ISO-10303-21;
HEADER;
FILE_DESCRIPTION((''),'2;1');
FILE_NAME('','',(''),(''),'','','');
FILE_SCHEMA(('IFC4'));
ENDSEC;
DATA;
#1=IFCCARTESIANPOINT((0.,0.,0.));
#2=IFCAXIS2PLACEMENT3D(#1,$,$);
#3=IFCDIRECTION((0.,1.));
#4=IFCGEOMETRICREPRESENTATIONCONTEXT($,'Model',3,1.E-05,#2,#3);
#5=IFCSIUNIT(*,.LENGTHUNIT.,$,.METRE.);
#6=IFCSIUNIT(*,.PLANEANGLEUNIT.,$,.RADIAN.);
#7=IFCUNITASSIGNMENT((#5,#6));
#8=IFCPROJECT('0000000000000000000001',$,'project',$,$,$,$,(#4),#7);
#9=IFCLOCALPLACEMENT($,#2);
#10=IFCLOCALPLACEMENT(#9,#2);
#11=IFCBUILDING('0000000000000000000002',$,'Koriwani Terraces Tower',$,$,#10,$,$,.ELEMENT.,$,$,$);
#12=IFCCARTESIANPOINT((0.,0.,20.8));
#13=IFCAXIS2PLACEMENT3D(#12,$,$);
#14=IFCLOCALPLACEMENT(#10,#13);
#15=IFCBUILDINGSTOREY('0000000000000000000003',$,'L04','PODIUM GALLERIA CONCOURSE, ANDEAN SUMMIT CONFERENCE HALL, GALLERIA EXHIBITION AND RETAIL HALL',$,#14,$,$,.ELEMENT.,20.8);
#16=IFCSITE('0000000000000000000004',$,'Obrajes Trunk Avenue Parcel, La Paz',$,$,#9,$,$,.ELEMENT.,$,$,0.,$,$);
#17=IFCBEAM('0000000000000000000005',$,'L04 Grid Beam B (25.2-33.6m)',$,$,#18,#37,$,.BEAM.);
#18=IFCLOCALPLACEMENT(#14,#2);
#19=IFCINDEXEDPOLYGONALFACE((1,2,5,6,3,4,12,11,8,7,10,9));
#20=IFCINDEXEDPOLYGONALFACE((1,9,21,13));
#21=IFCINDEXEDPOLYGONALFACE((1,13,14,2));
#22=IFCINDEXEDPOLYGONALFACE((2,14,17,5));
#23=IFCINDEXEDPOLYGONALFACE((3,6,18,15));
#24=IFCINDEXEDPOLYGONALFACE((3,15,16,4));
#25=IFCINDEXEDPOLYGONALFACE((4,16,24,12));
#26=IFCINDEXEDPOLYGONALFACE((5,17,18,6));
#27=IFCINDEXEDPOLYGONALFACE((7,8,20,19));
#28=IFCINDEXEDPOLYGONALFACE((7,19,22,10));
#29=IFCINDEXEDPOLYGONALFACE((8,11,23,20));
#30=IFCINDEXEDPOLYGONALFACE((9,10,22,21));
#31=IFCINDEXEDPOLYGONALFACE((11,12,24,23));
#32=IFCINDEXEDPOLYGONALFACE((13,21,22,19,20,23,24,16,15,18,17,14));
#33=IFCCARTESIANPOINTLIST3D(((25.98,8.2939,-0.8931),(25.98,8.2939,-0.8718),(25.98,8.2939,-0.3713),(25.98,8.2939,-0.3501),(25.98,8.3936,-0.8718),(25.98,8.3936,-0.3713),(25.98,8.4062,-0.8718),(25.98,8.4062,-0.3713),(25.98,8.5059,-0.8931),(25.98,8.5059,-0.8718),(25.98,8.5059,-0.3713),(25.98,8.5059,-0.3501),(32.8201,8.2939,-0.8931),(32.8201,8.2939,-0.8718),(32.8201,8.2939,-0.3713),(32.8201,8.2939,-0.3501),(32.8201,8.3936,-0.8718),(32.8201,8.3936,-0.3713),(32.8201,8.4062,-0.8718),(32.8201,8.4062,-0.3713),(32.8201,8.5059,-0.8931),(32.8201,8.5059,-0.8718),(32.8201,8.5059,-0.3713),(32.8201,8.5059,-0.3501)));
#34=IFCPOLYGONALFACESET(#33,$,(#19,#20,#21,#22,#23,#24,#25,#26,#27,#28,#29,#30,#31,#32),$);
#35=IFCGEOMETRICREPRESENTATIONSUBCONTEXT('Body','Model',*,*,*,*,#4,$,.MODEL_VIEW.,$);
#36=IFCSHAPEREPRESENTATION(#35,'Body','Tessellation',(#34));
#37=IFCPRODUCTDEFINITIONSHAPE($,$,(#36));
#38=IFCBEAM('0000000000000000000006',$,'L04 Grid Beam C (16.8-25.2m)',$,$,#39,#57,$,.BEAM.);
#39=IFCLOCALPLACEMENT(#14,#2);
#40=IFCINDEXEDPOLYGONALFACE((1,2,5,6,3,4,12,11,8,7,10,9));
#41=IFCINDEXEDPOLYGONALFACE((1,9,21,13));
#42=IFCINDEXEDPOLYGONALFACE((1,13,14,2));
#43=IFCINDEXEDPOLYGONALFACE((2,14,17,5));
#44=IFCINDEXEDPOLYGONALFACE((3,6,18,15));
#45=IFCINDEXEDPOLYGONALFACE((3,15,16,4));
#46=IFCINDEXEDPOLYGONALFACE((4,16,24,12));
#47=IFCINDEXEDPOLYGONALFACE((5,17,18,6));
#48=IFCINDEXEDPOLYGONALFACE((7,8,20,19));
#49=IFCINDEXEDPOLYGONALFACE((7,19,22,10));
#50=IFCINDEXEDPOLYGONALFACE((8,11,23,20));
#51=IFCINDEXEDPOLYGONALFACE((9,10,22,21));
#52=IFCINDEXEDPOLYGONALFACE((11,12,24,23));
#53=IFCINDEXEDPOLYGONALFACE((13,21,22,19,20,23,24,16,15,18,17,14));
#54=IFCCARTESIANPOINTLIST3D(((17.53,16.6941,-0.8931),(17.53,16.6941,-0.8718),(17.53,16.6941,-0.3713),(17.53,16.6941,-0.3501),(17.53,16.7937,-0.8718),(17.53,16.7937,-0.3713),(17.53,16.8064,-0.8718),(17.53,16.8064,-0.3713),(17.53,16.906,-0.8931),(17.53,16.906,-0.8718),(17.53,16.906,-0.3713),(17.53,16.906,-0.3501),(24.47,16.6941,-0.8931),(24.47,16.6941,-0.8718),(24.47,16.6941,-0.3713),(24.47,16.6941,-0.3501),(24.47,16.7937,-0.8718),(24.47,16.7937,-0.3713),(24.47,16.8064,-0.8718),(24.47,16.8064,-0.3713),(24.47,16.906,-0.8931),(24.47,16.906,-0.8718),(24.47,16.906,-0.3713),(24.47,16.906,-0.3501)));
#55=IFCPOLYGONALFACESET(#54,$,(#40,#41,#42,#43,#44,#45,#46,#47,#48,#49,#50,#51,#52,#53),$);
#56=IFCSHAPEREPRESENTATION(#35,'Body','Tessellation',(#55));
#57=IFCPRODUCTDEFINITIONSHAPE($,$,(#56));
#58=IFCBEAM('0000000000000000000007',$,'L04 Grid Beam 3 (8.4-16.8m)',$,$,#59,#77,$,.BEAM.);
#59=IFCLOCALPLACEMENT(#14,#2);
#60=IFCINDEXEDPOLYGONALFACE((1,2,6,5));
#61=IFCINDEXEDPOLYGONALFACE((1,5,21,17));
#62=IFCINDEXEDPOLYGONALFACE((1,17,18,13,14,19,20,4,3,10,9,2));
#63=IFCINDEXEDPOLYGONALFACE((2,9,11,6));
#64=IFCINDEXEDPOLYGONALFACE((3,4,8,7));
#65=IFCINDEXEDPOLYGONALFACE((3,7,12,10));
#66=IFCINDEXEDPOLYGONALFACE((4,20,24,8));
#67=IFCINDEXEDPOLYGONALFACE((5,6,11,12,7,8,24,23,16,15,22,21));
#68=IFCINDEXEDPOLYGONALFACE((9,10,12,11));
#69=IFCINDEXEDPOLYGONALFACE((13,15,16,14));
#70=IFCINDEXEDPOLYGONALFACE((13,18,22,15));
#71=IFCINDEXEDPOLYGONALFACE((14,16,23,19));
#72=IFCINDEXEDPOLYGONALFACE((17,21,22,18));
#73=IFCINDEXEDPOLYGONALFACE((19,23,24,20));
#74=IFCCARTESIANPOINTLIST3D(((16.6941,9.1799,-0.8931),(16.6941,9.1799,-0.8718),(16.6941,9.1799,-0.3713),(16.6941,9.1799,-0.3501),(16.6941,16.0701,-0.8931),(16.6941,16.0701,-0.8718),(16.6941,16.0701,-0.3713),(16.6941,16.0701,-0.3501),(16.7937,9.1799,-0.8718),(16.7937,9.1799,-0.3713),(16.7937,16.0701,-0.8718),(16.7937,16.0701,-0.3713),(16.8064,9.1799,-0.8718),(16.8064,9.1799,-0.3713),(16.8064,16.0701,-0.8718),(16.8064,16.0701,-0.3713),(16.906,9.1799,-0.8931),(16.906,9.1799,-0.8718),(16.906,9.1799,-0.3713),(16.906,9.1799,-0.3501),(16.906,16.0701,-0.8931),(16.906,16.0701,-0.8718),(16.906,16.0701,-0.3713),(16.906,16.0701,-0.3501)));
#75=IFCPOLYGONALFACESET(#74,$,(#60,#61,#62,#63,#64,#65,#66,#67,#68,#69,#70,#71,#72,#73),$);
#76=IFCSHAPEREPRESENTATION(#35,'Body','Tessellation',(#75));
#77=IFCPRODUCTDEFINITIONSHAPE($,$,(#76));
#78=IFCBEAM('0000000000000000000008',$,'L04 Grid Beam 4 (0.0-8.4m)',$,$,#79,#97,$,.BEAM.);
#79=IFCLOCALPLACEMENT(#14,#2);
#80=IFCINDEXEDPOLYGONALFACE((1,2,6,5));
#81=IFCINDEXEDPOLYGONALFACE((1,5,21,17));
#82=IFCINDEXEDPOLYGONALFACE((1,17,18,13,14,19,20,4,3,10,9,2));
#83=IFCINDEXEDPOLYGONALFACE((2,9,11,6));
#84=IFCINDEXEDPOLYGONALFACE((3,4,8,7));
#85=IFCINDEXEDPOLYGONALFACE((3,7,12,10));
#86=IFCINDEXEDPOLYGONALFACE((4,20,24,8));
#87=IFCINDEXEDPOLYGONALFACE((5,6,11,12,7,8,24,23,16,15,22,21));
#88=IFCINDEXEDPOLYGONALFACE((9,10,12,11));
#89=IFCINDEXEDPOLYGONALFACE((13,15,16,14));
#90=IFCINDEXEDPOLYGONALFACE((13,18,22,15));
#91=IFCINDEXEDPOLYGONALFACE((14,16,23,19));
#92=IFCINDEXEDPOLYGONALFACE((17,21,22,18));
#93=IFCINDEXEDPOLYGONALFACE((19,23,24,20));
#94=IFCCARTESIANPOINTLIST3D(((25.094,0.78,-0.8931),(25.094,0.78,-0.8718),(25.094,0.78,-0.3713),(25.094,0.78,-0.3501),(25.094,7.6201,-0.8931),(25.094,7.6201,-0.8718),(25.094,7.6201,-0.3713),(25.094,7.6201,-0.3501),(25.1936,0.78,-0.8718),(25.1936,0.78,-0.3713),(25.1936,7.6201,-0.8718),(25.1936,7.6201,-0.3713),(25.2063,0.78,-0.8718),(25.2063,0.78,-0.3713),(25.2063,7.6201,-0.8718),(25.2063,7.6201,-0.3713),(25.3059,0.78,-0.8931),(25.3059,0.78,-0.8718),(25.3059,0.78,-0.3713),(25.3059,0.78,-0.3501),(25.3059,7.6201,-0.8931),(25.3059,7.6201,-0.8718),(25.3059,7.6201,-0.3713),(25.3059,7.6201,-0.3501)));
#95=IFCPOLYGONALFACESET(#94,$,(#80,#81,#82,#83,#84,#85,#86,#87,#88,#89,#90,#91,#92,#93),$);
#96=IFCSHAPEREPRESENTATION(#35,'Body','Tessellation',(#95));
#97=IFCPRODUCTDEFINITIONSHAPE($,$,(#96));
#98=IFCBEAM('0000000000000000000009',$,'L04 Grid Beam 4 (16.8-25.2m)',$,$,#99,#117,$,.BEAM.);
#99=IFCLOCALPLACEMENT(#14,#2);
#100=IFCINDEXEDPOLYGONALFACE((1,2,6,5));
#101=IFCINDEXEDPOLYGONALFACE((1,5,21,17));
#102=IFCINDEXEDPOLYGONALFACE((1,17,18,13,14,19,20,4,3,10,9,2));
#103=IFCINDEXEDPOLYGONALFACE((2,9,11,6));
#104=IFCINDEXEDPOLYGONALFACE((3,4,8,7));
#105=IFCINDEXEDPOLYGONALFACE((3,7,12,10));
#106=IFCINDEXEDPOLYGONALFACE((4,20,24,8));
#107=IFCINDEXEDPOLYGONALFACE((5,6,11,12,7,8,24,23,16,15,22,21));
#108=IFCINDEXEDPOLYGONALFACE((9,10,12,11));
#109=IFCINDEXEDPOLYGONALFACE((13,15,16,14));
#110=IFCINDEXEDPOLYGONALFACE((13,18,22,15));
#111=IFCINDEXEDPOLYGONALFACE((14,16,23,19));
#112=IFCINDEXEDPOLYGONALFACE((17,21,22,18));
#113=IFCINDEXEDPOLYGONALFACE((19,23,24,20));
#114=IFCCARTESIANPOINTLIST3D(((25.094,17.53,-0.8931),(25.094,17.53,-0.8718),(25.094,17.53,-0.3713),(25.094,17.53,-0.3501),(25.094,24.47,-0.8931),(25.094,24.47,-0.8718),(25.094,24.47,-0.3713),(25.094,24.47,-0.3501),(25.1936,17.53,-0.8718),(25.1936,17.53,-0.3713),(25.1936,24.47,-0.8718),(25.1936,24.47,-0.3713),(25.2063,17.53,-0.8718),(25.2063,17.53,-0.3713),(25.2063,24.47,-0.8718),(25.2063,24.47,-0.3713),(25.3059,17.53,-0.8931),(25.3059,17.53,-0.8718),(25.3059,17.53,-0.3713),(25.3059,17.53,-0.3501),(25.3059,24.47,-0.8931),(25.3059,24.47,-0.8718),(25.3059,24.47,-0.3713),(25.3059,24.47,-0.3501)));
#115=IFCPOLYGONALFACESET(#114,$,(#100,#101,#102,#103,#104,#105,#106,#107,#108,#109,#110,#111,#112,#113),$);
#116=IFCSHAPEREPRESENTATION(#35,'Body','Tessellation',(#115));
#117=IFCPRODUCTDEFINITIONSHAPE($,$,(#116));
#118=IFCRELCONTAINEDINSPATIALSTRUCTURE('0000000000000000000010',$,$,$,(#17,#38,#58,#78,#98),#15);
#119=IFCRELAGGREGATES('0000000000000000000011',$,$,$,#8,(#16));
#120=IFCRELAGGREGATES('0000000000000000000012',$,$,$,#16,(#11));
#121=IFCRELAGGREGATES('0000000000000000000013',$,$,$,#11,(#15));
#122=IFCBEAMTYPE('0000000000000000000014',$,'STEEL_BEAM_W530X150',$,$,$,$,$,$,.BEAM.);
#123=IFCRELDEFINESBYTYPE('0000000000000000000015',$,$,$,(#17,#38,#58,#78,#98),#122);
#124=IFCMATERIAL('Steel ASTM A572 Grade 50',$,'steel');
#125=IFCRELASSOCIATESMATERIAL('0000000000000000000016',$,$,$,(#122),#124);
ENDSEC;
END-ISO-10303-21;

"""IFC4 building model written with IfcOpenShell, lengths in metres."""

from ifc_helpers import new_model, si_unit, direction, frame, origin, origin_2d, place, context, subcontext, project, spatial, i_section, extrude, material, material_profile, profile_set, type_object, element, save


model = new_model("IFC4")

# Units and contexts
model_context = context("Model", 3, precision=1e-05, world=origin(), true_north=direction((0.0, 1.0)))
body_context = subcontext(model_context, "Body", "Model", "MODEL_VIEW")
ifc_project = project(units=[si_unit("LENGTHUNIT", "METRE"), si_unit("PLANEANGLEUNIT", "RADIAN")], contexts=[model_context])

# Site, building, storey
site_placement = place(None, origin())
site = spatial("IfcSite", under=ifc_project, at=site_placement, Name="Obrajes Trunk Avenue Parcel, La Paz", CompositionType="ELEMENT", RefElevation=0.0)
building_placement = place(site_placement, origin())
building = spatial("IfcBuilding", under=site, at=building_placement, Name="Koriwani Terraces Tower", CompositionType="ELEMENT")
storey_placement = place(building_placement, frame((0.0, 0.0, 20.8)))
storey = spatial("IfcBuildingStorey", under=building, at=storey_placement, Name="L04", Description="PODIUM GALLERIA CONCOURSE, ANDEAN SUMMIT CONFERENCE HALL, GALLERIA EXHIBITION AND RETAIL HALL", CompositionType="ELEMENT", Elevation=20.8)

# Beams
ifc_material_1 = material(Name="Steel ASTM A572 Grade 50", Category="steel")
ifc_material_profile_1 = material_profile(ifc_material_1, i_section(OverallWidth=0.2119, OverallDepth=0.543, WebThickness=0.0127, FlangeThickness=0.0212, at=origin_2d()), Name="Steel ASTM A572 Grade 50", Category="LoadBearing")
ifc_profile_set_1 = profile_set([ifc_material_profile_1], Name="Steel ASTM A572 Grade 50")
beam_type_1 = type_object("IfcBeamType", Name="STEEL_BEAM_W530X150", PredefinedType="BEAM", material=ifc_profile_set_1)
beam_1_placement = place(storey_placement, frame((25.98, 8.3999, -0.6216), z_axis=(1.0, 0.0, 0.0), x_axis=(0.0, 1.0, 0.0)))
element("IfcBeam", 1, at=beam_1_placement, inside=storey, type_object=beam_type_1, Name="L04 Grid Beam B (25.2-33.6m)", PredefinedType="BEAM", context=body_context, shape_type="SweptSolid", body=[
    extrude(i_section(OverallWidth=0.2119, OverallDepth=0.543, WebThickness=0.0127, FlangeThickness=0.0212, at=origin_2d()), origin(), (0.0, 0.0, 1.0), 6.8401),
])
beam_2_placement = place(storey_placement, frame((17.53, 16.8, -0.6216), z_axis=(1.0, 0.0, 0.0), x_axis=(0.0, 1.0, 0.0)))
element("IfcBeam", 2, at=beam_2_placement, inside=storey, type_object=beam_type_1, Name="L04 Grid Beam C (16.8-25.2m)", PredefinedType="BEAM", context=body_context, shape_type="SweptSolid", body=[
    extrude(i_section(OverallWidth=0.2119, OverallDepth=0.543, WebThickness=0.0127, FlangeThickness=0.0212, at=origin_2d()), origin(), (0.0, 0.0, 1.0), 6.9399),
])
beam_3_placement = place(storey_placement, frame((16.8, 9.1799, -0.6216), z_axis=(0.0, 1.0, 0.0), x_axis=(-1.0, 0.0, 0.0)))
element("IfcBeam", 3, at=beam_3_placement, inside=storey, type_object=beam_type_1, Name="L04 Grid Beam 3 (8.4-16.8m)", PredefinedType="BEAM", context=body_context, shape_type="SweptSolid", body=[
    extrude(i_section(OverallWidth=0.2119, OverallDepth=0.543, WebThickness=0.0127, FlangeThickness=0.0212, at=origin_2d()), origin(), (0.0, 0.0, 1.0), 6.8901),
])
beam_4_placement = place(storey_placement, frame((25.2, 0.78, -0.6216), z_axis=(0.0, 1.0, 0.0), x_axis=(-1.0, 0.0, 0.0)))
element("IfcBeam", 4, at=beam_4_placement, inside=storey, type_object=beam_type_1, Name="L04 Grid Beam 4 (0.0-8.4m)", PredefinedType="BEAM", context=body_context, shape_type="SweptSolid", body=[
    extrude(i_section(OverallWidth=0.2119, OverallDepth=0.543, WebThickness=0.0127, FlangeThickness=0.0212, at=origin_2d()), origin(), (0.0, 0.0, 1.0), 6.8401),
])
beam_5_placement = place(storey_placement, frame((25.2, 17.53, -0.6216), z_axis=(0.0, 1.0, 0.0), x_axis=(-1.0, 0.0, 0.0)))
element("IfcBeam", 5, at=beam_5_placement, inside=storey, type_object=beam_type_1, Name="L04 Grid Beam 4 (16.8-25.2m)", PredefinedType="BEAM", context=body_context, shape_type="SweptSolid", body=[
    extrude(i_section(OverallWidth=0.2119, OverallDepth=0.543, WebThickness=0.0127, FlangeThickness=0.0212, at=origin_2d()), origin(), (0.0, 0.0, 1.0), 6.9399),
])

save(model, "model.ifc")
